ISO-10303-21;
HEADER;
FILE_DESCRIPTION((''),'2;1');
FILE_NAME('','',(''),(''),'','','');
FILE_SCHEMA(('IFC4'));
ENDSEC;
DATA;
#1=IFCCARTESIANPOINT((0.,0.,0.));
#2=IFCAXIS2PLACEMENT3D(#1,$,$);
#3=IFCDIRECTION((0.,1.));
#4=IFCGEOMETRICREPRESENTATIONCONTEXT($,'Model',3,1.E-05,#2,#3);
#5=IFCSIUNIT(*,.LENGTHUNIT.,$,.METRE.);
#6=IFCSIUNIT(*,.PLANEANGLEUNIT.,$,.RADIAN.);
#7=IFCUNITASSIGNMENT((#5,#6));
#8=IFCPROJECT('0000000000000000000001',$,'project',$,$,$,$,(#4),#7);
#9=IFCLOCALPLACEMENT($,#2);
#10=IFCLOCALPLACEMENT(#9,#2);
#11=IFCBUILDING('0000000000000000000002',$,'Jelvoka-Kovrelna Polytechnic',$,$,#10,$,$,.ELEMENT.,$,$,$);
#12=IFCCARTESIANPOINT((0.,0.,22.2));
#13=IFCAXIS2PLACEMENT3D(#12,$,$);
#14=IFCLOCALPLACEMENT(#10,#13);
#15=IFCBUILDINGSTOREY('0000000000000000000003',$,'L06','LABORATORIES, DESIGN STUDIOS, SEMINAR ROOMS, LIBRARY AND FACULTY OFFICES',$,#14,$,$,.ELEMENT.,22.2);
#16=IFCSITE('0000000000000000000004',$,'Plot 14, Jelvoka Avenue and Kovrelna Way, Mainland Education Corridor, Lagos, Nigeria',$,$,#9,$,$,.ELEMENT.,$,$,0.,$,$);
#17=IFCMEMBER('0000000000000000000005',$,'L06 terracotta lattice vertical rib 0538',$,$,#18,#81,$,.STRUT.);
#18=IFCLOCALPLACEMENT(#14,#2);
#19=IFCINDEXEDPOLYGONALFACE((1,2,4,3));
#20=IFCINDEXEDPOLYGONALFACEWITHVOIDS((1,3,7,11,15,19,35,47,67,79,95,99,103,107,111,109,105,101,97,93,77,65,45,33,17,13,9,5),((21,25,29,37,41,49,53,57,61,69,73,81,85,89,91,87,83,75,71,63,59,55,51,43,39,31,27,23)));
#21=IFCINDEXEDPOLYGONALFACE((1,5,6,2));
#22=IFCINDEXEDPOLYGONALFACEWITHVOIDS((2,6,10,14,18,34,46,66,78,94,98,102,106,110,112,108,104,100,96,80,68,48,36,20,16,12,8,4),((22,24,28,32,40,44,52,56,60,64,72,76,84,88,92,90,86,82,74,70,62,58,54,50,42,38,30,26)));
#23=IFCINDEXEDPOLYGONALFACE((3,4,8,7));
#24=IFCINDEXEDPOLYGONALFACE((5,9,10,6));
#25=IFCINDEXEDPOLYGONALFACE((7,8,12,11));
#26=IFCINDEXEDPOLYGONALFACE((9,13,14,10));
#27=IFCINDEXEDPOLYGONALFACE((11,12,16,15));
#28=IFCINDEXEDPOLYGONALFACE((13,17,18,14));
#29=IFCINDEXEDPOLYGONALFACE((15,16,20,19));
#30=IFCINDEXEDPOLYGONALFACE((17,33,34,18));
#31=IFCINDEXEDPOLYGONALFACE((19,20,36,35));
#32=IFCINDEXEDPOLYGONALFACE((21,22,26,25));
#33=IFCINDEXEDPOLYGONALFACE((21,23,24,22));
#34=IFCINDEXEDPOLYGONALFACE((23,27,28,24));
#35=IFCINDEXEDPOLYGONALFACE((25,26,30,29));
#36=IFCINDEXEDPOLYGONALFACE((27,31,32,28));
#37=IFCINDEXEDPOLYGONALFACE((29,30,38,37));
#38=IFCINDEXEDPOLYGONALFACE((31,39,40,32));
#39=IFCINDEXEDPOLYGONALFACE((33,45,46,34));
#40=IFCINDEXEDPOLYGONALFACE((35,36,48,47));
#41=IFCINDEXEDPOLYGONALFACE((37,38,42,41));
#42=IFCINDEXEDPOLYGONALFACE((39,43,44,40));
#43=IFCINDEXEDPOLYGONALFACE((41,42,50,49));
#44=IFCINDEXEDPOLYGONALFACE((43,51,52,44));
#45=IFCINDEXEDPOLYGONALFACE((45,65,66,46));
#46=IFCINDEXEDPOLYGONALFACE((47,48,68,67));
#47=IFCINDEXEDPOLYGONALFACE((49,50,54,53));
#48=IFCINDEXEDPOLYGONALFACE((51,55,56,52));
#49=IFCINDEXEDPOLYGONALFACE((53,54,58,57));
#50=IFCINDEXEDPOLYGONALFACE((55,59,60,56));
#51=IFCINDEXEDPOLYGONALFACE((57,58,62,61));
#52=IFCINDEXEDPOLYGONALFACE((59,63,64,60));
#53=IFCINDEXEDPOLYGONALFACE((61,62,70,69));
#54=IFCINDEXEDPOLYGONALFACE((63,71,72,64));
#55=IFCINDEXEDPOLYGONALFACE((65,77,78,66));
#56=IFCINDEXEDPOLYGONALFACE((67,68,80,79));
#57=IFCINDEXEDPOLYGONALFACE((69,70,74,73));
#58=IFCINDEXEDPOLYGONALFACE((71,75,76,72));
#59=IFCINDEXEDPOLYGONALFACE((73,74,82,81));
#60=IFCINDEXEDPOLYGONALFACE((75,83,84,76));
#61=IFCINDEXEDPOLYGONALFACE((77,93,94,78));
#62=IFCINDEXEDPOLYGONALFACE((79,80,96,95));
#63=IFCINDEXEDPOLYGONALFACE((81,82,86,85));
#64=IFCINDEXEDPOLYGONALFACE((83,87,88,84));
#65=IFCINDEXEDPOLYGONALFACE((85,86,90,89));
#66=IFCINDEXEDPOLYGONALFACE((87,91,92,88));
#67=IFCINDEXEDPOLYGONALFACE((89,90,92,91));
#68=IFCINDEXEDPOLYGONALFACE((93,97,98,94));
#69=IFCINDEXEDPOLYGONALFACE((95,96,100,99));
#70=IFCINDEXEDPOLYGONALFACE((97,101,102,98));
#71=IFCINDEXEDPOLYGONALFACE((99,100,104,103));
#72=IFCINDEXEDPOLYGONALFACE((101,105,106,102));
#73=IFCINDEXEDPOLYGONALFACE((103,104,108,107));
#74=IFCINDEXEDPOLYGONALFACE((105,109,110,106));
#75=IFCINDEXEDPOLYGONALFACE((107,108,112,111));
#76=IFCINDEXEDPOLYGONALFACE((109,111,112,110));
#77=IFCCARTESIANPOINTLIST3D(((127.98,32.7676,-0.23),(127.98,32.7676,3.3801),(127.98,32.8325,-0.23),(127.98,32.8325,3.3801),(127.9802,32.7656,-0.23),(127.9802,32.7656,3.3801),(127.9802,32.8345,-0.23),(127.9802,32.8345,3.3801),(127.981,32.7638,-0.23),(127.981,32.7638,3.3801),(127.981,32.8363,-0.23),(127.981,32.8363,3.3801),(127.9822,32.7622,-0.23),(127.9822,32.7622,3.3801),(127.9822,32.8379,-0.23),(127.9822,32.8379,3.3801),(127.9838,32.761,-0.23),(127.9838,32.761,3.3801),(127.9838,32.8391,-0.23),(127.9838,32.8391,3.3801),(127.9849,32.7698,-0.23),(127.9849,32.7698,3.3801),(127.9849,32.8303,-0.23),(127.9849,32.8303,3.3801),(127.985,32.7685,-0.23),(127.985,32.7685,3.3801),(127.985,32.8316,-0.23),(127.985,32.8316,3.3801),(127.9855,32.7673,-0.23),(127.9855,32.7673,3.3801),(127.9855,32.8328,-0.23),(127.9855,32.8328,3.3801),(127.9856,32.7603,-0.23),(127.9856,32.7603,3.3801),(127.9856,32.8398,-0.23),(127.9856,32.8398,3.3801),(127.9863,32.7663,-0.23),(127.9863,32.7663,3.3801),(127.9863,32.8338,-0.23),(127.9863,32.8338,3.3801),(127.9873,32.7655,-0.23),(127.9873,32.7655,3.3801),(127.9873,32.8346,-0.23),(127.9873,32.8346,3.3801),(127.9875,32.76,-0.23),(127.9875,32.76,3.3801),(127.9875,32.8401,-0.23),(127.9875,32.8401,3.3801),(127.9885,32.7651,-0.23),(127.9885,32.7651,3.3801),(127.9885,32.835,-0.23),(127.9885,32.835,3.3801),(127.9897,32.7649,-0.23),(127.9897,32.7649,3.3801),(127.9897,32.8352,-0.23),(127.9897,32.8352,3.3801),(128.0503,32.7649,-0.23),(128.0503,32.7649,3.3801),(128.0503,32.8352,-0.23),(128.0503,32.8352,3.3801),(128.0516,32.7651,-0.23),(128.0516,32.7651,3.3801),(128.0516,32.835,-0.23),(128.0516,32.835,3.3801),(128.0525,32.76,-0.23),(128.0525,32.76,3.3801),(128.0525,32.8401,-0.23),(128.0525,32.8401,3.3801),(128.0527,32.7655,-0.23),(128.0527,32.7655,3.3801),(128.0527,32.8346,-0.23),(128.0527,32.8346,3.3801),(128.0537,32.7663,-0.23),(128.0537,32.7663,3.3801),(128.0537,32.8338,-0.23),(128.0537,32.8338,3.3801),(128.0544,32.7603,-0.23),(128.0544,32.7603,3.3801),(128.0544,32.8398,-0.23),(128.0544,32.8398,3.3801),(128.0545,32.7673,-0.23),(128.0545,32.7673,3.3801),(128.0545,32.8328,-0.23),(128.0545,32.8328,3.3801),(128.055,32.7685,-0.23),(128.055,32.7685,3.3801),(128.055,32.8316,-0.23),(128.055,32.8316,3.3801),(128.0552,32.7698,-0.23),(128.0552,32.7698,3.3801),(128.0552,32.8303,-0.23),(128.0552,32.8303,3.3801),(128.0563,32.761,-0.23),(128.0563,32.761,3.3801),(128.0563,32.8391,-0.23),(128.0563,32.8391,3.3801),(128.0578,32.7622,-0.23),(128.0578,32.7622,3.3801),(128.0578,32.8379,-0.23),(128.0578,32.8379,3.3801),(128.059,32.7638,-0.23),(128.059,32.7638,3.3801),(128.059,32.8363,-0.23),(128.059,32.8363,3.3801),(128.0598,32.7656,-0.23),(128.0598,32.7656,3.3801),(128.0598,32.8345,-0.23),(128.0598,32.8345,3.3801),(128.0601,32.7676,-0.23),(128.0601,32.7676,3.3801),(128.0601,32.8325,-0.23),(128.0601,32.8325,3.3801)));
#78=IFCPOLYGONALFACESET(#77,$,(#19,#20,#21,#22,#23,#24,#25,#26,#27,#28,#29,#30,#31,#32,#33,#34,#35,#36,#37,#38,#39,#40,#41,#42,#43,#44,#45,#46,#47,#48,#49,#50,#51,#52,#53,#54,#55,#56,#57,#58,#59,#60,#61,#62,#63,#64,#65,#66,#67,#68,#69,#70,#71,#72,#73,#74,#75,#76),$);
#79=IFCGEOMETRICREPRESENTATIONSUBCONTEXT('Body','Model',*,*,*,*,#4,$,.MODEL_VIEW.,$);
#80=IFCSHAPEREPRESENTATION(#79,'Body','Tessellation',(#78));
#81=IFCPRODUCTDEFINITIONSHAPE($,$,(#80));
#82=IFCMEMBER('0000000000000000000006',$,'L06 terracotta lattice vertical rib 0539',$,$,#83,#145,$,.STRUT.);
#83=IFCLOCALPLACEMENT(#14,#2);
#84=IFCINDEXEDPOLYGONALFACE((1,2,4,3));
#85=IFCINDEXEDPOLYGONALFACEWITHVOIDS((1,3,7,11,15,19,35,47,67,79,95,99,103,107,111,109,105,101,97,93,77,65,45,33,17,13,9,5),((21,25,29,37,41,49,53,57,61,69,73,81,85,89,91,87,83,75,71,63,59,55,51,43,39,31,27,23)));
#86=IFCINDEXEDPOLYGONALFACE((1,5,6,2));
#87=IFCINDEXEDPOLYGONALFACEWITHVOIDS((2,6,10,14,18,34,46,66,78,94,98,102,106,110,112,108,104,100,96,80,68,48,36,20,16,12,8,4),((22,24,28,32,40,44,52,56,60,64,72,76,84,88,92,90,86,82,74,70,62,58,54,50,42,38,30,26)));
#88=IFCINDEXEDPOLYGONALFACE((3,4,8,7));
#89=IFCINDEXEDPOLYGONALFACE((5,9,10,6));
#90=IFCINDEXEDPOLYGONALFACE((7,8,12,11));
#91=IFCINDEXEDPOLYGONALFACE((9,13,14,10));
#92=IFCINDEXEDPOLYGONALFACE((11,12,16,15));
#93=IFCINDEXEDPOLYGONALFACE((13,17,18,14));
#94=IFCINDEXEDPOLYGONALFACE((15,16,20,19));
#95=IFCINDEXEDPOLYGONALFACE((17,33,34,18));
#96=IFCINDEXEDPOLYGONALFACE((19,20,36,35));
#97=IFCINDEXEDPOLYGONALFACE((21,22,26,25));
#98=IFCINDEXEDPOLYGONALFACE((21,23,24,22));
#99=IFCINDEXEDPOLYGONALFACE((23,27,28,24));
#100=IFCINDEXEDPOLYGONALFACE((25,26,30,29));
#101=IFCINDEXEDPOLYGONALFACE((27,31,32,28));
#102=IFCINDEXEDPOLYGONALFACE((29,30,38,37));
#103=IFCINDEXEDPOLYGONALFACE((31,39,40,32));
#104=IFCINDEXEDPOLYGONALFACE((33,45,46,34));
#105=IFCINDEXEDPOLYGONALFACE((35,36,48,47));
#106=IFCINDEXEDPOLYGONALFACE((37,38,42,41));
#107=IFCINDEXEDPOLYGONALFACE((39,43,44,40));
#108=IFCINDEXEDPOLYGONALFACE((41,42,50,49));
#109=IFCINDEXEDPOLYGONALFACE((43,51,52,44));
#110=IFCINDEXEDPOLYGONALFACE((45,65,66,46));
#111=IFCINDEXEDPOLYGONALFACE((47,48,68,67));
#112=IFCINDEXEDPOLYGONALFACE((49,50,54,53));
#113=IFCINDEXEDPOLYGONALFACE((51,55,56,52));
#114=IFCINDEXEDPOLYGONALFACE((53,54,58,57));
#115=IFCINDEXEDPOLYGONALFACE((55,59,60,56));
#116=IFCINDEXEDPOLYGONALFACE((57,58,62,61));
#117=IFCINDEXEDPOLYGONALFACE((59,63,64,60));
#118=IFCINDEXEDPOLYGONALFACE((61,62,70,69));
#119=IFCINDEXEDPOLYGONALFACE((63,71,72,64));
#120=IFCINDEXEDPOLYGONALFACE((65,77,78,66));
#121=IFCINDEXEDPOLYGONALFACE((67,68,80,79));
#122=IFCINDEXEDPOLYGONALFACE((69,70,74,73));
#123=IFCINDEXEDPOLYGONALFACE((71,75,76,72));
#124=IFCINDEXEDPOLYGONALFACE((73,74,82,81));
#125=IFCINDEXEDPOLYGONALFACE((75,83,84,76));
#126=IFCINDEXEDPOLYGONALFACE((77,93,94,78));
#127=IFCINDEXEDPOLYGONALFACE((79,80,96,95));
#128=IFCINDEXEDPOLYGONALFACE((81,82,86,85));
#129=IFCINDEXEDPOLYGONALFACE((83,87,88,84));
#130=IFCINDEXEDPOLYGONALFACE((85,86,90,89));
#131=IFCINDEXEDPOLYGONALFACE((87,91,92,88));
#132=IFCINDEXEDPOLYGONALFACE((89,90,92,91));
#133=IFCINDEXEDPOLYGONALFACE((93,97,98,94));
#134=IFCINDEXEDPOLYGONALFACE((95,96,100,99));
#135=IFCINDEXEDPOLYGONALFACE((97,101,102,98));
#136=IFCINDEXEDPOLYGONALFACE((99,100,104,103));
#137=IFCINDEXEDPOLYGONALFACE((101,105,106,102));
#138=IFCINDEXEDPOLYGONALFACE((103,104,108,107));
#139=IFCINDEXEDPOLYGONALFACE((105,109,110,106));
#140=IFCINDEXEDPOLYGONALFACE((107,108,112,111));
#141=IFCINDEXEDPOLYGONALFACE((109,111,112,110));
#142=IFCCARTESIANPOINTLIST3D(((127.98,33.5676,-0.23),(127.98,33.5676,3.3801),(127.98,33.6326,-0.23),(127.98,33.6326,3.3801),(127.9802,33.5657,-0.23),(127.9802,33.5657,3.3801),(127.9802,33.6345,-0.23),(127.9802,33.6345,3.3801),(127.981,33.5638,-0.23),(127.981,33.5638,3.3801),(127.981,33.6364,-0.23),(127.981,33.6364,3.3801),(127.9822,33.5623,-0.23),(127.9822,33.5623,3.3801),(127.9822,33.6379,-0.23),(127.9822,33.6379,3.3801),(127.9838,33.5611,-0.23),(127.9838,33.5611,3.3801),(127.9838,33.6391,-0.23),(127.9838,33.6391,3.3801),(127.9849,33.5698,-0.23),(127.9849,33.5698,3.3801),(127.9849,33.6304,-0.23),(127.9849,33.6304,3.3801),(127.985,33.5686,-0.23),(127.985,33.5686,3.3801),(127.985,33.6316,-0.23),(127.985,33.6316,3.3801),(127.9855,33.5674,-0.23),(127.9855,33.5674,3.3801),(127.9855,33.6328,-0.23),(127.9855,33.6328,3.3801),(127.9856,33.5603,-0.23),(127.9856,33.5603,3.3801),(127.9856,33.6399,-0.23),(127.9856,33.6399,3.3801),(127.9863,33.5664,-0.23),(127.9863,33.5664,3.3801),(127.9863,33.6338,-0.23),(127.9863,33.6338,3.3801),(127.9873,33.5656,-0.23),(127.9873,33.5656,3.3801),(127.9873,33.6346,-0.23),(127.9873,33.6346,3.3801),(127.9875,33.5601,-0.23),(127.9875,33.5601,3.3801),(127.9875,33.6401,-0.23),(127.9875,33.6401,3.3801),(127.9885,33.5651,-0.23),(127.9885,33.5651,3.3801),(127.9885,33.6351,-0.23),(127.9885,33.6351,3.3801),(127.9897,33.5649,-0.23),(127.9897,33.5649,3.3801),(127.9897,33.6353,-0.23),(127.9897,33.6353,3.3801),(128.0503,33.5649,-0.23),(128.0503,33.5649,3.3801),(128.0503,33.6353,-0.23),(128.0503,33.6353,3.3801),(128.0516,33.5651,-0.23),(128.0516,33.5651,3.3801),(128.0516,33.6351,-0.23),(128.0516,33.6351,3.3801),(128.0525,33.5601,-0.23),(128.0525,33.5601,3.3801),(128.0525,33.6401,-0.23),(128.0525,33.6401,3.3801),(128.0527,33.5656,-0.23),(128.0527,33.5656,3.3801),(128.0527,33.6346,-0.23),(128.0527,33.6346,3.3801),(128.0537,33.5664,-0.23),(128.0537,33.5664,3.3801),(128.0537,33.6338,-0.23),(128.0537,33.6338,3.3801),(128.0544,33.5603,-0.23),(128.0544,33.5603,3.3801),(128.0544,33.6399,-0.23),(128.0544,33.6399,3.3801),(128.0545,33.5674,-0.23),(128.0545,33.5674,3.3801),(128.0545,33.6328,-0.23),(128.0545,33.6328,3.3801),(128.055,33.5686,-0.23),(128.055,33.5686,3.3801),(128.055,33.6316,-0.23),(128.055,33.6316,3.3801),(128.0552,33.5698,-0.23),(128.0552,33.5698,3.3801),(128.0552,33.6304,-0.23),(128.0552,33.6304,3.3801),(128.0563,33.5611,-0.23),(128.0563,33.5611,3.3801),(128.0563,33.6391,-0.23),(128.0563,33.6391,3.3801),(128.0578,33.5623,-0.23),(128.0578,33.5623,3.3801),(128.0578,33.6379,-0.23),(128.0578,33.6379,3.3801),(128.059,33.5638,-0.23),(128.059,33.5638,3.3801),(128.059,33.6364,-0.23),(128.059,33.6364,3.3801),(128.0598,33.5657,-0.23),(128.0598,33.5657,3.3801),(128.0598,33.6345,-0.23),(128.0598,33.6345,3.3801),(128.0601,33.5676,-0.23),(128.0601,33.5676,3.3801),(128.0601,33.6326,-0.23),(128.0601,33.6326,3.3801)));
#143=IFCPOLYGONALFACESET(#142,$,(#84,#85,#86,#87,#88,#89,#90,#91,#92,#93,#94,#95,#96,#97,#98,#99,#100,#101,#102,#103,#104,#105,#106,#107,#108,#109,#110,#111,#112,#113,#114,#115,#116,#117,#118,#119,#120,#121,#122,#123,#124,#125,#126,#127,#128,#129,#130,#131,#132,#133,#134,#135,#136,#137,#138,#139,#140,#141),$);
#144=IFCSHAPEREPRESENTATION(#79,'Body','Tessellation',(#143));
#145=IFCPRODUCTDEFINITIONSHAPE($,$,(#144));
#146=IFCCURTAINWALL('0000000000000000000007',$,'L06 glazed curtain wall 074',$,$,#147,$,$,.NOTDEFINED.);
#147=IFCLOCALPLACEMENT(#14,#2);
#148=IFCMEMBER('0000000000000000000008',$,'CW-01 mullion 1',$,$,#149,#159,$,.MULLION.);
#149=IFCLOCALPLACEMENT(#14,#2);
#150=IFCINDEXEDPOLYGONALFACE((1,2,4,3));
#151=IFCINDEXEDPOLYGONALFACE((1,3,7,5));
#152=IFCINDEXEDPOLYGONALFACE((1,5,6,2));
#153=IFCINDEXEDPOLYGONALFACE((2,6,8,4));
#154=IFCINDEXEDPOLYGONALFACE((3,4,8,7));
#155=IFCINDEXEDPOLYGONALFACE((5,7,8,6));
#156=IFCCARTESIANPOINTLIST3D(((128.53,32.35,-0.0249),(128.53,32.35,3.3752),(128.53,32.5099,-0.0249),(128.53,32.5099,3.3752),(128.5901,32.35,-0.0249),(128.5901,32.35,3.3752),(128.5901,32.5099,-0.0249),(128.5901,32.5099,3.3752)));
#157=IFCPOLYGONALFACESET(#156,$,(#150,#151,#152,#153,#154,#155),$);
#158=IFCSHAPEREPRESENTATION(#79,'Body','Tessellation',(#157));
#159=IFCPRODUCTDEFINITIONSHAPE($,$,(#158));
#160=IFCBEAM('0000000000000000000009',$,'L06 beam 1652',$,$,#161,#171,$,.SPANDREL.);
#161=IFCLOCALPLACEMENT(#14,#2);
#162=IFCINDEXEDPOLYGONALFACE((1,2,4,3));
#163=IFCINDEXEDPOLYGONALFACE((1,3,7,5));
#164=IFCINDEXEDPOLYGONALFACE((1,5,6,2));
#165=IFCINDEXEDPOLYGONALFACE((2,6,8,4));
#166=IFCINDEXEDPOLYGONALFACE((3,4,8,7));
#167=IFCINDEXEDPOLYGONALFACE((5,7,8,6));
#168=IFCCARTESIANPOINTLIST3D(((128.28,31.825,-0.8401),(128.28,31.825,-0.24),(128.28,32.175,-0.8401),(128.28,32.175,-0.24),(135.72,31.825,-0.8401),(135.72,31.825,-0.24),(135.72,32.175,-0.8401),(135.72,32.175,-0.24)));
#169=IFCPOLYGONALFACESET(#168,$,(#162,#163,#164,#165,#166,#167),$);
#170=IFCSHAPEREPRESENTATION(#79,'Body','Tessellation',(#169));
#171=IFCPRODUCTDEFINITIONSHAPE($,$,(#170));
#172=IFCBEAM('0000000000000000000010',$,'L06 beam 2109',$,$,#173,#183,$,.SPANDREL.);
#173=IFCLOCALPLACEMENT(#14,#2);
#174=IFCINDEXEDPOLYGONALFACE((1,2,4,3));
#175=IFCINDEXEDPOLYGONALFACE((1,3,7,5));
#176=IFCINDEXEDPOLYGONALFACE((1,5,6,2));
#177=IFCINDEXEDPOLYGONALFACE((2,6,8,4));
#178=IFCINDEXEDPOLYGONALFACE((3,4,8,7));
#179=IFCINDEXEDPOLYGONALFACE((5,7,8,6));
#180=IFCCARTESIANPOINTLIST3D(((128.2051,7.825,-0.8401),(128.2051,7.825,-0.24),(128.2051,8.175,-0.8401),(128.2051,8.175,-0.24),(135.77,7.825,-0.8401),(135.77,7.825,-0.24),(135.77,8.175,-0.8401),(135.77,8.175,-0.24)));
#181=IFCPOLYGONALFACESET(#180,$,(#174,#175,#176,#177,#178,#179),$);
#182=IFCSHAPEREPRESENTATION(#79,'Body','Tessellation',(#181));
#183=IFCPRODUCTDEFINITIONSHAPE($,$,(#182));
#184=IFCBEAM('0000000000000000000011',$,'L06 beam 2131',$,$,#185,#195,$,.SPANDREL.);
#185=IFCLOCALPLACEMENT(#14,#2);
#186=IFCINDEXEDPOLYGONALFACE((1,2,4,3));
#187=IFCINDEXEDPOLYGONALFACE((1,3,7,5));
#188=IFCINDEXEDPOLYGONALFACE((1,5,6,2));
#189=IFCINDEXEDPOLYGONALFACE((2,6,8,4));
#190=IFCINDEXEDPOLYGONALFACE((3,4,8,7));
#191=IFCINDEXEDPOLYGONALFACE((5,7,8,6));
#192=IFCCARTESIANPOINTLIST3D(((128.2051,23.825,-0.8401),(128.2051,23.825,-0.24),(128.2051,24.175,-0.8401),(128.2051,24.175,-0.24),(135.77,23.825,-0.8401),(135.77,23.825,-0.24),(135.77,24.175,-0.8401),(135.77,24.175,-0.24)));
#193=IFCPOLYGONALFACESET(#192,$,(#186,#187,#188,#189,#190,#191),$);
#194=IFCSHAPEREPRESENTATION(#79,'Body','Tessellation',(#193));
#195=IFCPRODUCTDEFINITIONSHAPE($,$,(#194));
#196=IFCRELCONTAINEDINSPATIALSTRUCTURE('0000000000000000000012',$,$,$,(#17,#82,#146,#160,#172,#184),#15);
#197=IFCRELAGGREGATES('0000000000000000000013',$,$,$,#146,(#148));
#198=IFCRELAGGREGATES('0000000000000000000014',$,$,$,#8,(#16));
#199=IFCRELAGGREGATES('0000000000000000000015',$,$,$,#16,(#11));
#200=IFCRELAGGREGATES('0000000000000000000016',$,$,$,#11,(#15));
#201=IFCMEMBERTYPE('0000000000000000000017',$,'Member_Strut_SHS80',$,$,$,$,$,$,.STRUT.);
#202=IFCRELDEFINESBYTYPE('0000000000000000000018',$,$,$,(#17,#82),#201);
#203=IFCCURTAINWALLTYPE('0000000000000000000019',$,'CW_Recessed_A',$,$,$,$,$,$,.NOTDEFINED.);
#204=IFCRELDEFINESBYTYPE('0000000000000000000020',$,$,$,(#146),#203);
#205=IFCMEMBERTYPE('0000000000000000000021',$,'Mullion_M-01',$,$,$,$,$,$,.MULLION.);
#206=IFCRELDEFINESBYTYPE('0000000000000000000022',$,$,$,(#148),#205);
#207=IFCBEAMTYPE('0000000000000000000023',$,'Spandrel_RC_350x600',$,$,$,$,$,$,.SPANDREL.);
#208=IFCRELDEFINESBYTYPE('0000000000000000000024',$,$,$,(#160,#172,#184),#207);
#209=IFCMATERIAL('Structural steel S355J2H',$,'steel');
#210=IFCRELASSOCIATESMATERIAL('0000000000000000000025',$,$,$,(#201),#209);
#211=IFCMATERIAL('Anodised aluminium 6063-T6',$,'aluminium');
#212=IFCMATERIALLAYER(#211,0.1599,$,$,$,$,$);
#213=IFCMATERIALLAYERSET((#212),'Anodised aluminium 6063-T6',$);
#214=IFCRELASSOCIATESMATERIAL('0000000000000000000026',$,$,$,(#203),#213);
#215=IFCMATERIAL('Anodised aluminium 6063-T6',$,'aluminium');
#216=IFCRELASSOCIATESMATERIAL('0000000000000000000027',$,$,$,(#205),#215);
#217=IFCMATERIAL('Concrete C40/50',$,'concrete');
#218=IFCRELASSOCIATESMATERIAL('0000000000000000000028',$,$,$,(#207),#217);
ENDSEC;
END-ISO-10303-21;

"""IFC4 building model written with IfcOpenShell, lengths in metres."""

from ifc_helpers import new_model, si_unit, direction, frame, origin, origin_2d, place, context, subcontext, project, spatial, rectangle, hollow_rectangle, extrude, material, layer, layer_set, material_profile, profile_set, type_object, element, aggregate, save


model = new_model("IFC4")

# Units and contexts
model_context = context("Model", 3, precision=1e-05, world=origin(), true_north=direction((0.0, 1.0)))
body_context = subcontext(model_context, "Body", "Model", "MODEL_VIEW")
ifc_project = project(units=[si_unit("LENGTHUNIT", "METRE"), si_unit("PLANEANGLEUNIT", "RADIAN")], contexts=[model_context])

# Site, building, storey
site_placement = place(None, origin())
site = spatial("IfcSite", under=ifc_project, at=site_placement, Name="Plot 14, Jelvoka Avenue and Kovrelna Way, Mainland Education Corridor, Lagos, Nigeria", CompositionType="ELEMENT", RefElevation=0.0)
building_placement = place(site_placement, origin())
building = spatial("IfcBuilding", under=site, at=building_placement, Name="Jelvoka-Kovrelna Polytechnic", CompositionType="ELEMENT")
storey_placement = place(building_placement, frame((0.0, 0.0, 22.2)))
storey = spatial("IfcBuildingStorey", under=building, at=storey_placement, Name="L06", Description="LABORATORIES, DESIGN STUDIOS, SEMINAR ROOMS, LIBRARY AND FACULTY OFFICES", CompositionType="ELEMENT", Elevation=22.2)

# Members
ifc_material_1 = material(Name="Structural steel S355J2H", Category="steel")
ifc_material_profile_1 = material_profile(ifc_material_1, hollow_rectangle(XDim=0.0801, YDim=0.0801, WallThickness=0.0049, InnerFilletRadius=0.0049, OuterFilletRadius=0.0076, at=origin_2d()), Name="80x80x5.0 SHS")
ifc_profile_set_1 = profile_set([ifc_material_profile_1], Name="Structural steel S355J2H")
member_type_1 = type_object("IfcMemberType", Name="Member_Strut_SHS80", PredefinedType="STRUT", material=ifc_profile_set_1)
for number, where, z_axis, x_axis, name in (
    (1, (128.02, 32.8, -0.23), (0.0, 0.0, 1.0), (1.0, 0.0, 0.0), "L06 terracotta lattice vertical rib 0538"),
    (2, (128.02, 33.6001, -0.23), (0.0, 0.0, 1.0), (1.0, 0.0, 0.0), "L06 terracotta lattice vertical rib 0539"),
):
    element("IfcMember", number, at=place(storey_placement, frame(where, z_axis=z_axis, x_axis=x_axis)), inside=storey, type_object=member_type_1, Name=name, PredefinedType="STRUT", context=body_context, shape_type="SweptSolid", body=[
        extrude(hollow_rectangle(XDim=0.0801, YDim=0.0801, WallThickness=0.0049, InnerFilletRadius=0.0049, OuterFilletRadius=0.0076, at=origin_2d()), origin(), (0.0, 0.0, 1.0), 3.6101),
    ])

# Curtain wall, member
ifc_material_2 = material(Name="Anodised aluminium 6063-T6", Category="aluminium")
ifc_layer_1 = layer(ifc_material_2, 0.1599)
ifc_layer_set_1 = layer_set([ifc_layer_1], Name="Anodised aluminium 6063-T6")
curtain_wall_type = type_object("IfcCurtainWallType", Name="CW_Recessed_A", PredefinedType="NOTDEFINED", material=ifc_layer_set_1)
curtain_wall_placement = place(storey_placement, origin())
curtain_wall = element("IfcCurtainWall", 3, at=curtain_wall_placement, inside=storey, type_object=curtain_wall_type, Name="L06 glazed curtain wall 074", PredefinedType="NOTDEFINED")
ifc_material_3 = material(Name="Anodised aluminium 6063-T6", Category="aluminium")
ifc_material_profile_2 = material_profile(ifc_material_3, rectangle(XDim=0.0601, YDim=0.1599, at=origin_2d()), Name="ALU 60x160")
ifc_profile_set_2 = profile_set([ifc_material_profile_2], Name="Anodised aluminium 6063-T6")
member_type_2 = type_object("IfcMemberType", Name="Mullion_M-01", PredefinedType="MULLION", material=ifc_profile_set_2)
member_1_placement = place(storey_placement, frame((128.5601, 32.4299, -0.0249), z_axis=(0.0, 0.0, 1.0), x_axis=(-1.0, 0.0, 0.0)))
member_1 = element("IfcMember", 4, at=member_1_placement, type_object=member_type_2, Name="CW-01 mullion 1", PredefinedType="MULLION", context=body_context, shape_type="SweptSolid", body=[
    extrude(rectangle(XDim=0.0601, YDim=0.1599, at=origin_2d()), origin(), (0.0, 0.0, 1.0), 3.4001),
])

# Beams
ifc_material_4 = material(Name="Concrete C40/50", Category="concrete")
ifc_material_profile_3 = material_profile(ifc_material_4, rectangle(XDim=0.3501, YDim=0.6001, at=origin_2d()), Name="RC 350x600")
ifc_profile_set_3 = profile_set([ifc_material_profile_3], Name="Concrete C40/50")
beam_type_1 = type_object("IfcBeamType", Name="Spandrel_RC_350x600", PredefinedType="SPANDREL", material=ifc_profile_set_3)
beam_1_placement = place(storey_placement, frame((128.28, 32.0, -0.54), z_axis=(1.0, 0.0, 0.0), x_axis=(0.0, 1.0, 0.0)))
element("IfcBeam", 5, at=beam_1_placement, inside=storey, type_object=beam_type_1, Name="L06 beam 1652", PredefinedType="SPANDREL", context=body_context, shape_type="SweptSolid", body=[
    extrude(rectangle(XDim=0.3501, YDim=0.6001, at=origin_2d()), origin(), (0.0, 0.0, 1.0), 7.4399),
])
for number, where, z_axis, x_axis, name in (
    (6, (128.2051, 8.0, -0.54), (1.0, 0.0, 0.0), (0.0, 1.0, 0.0), "L06 beam 2109"),
    (7, (128.2051, 24.0, -0.54), (1.0, 0.0, 0.0), (0.0, 1.0, 0.0), "L06 beam 2131"),
):
    element("IfcBeam", number, at=place(storey_placement, frame(where, z_axis=z_axis, x_axis=x_axis)), inside=storey, type_object=beam_type_1, Name=name, PredefinedType="SPANDREL", context=body_context, shape_type="SweptSolid", body=[
        extrude(rectangle(XDim=0.3501, YDim=0.6001, at=origin_2d()), origin(), (0.0, 0.0, 1.0), 7.5649),
    ])

aggregate(curtain_wall, [member_1])

save(model, "model.ifc")
